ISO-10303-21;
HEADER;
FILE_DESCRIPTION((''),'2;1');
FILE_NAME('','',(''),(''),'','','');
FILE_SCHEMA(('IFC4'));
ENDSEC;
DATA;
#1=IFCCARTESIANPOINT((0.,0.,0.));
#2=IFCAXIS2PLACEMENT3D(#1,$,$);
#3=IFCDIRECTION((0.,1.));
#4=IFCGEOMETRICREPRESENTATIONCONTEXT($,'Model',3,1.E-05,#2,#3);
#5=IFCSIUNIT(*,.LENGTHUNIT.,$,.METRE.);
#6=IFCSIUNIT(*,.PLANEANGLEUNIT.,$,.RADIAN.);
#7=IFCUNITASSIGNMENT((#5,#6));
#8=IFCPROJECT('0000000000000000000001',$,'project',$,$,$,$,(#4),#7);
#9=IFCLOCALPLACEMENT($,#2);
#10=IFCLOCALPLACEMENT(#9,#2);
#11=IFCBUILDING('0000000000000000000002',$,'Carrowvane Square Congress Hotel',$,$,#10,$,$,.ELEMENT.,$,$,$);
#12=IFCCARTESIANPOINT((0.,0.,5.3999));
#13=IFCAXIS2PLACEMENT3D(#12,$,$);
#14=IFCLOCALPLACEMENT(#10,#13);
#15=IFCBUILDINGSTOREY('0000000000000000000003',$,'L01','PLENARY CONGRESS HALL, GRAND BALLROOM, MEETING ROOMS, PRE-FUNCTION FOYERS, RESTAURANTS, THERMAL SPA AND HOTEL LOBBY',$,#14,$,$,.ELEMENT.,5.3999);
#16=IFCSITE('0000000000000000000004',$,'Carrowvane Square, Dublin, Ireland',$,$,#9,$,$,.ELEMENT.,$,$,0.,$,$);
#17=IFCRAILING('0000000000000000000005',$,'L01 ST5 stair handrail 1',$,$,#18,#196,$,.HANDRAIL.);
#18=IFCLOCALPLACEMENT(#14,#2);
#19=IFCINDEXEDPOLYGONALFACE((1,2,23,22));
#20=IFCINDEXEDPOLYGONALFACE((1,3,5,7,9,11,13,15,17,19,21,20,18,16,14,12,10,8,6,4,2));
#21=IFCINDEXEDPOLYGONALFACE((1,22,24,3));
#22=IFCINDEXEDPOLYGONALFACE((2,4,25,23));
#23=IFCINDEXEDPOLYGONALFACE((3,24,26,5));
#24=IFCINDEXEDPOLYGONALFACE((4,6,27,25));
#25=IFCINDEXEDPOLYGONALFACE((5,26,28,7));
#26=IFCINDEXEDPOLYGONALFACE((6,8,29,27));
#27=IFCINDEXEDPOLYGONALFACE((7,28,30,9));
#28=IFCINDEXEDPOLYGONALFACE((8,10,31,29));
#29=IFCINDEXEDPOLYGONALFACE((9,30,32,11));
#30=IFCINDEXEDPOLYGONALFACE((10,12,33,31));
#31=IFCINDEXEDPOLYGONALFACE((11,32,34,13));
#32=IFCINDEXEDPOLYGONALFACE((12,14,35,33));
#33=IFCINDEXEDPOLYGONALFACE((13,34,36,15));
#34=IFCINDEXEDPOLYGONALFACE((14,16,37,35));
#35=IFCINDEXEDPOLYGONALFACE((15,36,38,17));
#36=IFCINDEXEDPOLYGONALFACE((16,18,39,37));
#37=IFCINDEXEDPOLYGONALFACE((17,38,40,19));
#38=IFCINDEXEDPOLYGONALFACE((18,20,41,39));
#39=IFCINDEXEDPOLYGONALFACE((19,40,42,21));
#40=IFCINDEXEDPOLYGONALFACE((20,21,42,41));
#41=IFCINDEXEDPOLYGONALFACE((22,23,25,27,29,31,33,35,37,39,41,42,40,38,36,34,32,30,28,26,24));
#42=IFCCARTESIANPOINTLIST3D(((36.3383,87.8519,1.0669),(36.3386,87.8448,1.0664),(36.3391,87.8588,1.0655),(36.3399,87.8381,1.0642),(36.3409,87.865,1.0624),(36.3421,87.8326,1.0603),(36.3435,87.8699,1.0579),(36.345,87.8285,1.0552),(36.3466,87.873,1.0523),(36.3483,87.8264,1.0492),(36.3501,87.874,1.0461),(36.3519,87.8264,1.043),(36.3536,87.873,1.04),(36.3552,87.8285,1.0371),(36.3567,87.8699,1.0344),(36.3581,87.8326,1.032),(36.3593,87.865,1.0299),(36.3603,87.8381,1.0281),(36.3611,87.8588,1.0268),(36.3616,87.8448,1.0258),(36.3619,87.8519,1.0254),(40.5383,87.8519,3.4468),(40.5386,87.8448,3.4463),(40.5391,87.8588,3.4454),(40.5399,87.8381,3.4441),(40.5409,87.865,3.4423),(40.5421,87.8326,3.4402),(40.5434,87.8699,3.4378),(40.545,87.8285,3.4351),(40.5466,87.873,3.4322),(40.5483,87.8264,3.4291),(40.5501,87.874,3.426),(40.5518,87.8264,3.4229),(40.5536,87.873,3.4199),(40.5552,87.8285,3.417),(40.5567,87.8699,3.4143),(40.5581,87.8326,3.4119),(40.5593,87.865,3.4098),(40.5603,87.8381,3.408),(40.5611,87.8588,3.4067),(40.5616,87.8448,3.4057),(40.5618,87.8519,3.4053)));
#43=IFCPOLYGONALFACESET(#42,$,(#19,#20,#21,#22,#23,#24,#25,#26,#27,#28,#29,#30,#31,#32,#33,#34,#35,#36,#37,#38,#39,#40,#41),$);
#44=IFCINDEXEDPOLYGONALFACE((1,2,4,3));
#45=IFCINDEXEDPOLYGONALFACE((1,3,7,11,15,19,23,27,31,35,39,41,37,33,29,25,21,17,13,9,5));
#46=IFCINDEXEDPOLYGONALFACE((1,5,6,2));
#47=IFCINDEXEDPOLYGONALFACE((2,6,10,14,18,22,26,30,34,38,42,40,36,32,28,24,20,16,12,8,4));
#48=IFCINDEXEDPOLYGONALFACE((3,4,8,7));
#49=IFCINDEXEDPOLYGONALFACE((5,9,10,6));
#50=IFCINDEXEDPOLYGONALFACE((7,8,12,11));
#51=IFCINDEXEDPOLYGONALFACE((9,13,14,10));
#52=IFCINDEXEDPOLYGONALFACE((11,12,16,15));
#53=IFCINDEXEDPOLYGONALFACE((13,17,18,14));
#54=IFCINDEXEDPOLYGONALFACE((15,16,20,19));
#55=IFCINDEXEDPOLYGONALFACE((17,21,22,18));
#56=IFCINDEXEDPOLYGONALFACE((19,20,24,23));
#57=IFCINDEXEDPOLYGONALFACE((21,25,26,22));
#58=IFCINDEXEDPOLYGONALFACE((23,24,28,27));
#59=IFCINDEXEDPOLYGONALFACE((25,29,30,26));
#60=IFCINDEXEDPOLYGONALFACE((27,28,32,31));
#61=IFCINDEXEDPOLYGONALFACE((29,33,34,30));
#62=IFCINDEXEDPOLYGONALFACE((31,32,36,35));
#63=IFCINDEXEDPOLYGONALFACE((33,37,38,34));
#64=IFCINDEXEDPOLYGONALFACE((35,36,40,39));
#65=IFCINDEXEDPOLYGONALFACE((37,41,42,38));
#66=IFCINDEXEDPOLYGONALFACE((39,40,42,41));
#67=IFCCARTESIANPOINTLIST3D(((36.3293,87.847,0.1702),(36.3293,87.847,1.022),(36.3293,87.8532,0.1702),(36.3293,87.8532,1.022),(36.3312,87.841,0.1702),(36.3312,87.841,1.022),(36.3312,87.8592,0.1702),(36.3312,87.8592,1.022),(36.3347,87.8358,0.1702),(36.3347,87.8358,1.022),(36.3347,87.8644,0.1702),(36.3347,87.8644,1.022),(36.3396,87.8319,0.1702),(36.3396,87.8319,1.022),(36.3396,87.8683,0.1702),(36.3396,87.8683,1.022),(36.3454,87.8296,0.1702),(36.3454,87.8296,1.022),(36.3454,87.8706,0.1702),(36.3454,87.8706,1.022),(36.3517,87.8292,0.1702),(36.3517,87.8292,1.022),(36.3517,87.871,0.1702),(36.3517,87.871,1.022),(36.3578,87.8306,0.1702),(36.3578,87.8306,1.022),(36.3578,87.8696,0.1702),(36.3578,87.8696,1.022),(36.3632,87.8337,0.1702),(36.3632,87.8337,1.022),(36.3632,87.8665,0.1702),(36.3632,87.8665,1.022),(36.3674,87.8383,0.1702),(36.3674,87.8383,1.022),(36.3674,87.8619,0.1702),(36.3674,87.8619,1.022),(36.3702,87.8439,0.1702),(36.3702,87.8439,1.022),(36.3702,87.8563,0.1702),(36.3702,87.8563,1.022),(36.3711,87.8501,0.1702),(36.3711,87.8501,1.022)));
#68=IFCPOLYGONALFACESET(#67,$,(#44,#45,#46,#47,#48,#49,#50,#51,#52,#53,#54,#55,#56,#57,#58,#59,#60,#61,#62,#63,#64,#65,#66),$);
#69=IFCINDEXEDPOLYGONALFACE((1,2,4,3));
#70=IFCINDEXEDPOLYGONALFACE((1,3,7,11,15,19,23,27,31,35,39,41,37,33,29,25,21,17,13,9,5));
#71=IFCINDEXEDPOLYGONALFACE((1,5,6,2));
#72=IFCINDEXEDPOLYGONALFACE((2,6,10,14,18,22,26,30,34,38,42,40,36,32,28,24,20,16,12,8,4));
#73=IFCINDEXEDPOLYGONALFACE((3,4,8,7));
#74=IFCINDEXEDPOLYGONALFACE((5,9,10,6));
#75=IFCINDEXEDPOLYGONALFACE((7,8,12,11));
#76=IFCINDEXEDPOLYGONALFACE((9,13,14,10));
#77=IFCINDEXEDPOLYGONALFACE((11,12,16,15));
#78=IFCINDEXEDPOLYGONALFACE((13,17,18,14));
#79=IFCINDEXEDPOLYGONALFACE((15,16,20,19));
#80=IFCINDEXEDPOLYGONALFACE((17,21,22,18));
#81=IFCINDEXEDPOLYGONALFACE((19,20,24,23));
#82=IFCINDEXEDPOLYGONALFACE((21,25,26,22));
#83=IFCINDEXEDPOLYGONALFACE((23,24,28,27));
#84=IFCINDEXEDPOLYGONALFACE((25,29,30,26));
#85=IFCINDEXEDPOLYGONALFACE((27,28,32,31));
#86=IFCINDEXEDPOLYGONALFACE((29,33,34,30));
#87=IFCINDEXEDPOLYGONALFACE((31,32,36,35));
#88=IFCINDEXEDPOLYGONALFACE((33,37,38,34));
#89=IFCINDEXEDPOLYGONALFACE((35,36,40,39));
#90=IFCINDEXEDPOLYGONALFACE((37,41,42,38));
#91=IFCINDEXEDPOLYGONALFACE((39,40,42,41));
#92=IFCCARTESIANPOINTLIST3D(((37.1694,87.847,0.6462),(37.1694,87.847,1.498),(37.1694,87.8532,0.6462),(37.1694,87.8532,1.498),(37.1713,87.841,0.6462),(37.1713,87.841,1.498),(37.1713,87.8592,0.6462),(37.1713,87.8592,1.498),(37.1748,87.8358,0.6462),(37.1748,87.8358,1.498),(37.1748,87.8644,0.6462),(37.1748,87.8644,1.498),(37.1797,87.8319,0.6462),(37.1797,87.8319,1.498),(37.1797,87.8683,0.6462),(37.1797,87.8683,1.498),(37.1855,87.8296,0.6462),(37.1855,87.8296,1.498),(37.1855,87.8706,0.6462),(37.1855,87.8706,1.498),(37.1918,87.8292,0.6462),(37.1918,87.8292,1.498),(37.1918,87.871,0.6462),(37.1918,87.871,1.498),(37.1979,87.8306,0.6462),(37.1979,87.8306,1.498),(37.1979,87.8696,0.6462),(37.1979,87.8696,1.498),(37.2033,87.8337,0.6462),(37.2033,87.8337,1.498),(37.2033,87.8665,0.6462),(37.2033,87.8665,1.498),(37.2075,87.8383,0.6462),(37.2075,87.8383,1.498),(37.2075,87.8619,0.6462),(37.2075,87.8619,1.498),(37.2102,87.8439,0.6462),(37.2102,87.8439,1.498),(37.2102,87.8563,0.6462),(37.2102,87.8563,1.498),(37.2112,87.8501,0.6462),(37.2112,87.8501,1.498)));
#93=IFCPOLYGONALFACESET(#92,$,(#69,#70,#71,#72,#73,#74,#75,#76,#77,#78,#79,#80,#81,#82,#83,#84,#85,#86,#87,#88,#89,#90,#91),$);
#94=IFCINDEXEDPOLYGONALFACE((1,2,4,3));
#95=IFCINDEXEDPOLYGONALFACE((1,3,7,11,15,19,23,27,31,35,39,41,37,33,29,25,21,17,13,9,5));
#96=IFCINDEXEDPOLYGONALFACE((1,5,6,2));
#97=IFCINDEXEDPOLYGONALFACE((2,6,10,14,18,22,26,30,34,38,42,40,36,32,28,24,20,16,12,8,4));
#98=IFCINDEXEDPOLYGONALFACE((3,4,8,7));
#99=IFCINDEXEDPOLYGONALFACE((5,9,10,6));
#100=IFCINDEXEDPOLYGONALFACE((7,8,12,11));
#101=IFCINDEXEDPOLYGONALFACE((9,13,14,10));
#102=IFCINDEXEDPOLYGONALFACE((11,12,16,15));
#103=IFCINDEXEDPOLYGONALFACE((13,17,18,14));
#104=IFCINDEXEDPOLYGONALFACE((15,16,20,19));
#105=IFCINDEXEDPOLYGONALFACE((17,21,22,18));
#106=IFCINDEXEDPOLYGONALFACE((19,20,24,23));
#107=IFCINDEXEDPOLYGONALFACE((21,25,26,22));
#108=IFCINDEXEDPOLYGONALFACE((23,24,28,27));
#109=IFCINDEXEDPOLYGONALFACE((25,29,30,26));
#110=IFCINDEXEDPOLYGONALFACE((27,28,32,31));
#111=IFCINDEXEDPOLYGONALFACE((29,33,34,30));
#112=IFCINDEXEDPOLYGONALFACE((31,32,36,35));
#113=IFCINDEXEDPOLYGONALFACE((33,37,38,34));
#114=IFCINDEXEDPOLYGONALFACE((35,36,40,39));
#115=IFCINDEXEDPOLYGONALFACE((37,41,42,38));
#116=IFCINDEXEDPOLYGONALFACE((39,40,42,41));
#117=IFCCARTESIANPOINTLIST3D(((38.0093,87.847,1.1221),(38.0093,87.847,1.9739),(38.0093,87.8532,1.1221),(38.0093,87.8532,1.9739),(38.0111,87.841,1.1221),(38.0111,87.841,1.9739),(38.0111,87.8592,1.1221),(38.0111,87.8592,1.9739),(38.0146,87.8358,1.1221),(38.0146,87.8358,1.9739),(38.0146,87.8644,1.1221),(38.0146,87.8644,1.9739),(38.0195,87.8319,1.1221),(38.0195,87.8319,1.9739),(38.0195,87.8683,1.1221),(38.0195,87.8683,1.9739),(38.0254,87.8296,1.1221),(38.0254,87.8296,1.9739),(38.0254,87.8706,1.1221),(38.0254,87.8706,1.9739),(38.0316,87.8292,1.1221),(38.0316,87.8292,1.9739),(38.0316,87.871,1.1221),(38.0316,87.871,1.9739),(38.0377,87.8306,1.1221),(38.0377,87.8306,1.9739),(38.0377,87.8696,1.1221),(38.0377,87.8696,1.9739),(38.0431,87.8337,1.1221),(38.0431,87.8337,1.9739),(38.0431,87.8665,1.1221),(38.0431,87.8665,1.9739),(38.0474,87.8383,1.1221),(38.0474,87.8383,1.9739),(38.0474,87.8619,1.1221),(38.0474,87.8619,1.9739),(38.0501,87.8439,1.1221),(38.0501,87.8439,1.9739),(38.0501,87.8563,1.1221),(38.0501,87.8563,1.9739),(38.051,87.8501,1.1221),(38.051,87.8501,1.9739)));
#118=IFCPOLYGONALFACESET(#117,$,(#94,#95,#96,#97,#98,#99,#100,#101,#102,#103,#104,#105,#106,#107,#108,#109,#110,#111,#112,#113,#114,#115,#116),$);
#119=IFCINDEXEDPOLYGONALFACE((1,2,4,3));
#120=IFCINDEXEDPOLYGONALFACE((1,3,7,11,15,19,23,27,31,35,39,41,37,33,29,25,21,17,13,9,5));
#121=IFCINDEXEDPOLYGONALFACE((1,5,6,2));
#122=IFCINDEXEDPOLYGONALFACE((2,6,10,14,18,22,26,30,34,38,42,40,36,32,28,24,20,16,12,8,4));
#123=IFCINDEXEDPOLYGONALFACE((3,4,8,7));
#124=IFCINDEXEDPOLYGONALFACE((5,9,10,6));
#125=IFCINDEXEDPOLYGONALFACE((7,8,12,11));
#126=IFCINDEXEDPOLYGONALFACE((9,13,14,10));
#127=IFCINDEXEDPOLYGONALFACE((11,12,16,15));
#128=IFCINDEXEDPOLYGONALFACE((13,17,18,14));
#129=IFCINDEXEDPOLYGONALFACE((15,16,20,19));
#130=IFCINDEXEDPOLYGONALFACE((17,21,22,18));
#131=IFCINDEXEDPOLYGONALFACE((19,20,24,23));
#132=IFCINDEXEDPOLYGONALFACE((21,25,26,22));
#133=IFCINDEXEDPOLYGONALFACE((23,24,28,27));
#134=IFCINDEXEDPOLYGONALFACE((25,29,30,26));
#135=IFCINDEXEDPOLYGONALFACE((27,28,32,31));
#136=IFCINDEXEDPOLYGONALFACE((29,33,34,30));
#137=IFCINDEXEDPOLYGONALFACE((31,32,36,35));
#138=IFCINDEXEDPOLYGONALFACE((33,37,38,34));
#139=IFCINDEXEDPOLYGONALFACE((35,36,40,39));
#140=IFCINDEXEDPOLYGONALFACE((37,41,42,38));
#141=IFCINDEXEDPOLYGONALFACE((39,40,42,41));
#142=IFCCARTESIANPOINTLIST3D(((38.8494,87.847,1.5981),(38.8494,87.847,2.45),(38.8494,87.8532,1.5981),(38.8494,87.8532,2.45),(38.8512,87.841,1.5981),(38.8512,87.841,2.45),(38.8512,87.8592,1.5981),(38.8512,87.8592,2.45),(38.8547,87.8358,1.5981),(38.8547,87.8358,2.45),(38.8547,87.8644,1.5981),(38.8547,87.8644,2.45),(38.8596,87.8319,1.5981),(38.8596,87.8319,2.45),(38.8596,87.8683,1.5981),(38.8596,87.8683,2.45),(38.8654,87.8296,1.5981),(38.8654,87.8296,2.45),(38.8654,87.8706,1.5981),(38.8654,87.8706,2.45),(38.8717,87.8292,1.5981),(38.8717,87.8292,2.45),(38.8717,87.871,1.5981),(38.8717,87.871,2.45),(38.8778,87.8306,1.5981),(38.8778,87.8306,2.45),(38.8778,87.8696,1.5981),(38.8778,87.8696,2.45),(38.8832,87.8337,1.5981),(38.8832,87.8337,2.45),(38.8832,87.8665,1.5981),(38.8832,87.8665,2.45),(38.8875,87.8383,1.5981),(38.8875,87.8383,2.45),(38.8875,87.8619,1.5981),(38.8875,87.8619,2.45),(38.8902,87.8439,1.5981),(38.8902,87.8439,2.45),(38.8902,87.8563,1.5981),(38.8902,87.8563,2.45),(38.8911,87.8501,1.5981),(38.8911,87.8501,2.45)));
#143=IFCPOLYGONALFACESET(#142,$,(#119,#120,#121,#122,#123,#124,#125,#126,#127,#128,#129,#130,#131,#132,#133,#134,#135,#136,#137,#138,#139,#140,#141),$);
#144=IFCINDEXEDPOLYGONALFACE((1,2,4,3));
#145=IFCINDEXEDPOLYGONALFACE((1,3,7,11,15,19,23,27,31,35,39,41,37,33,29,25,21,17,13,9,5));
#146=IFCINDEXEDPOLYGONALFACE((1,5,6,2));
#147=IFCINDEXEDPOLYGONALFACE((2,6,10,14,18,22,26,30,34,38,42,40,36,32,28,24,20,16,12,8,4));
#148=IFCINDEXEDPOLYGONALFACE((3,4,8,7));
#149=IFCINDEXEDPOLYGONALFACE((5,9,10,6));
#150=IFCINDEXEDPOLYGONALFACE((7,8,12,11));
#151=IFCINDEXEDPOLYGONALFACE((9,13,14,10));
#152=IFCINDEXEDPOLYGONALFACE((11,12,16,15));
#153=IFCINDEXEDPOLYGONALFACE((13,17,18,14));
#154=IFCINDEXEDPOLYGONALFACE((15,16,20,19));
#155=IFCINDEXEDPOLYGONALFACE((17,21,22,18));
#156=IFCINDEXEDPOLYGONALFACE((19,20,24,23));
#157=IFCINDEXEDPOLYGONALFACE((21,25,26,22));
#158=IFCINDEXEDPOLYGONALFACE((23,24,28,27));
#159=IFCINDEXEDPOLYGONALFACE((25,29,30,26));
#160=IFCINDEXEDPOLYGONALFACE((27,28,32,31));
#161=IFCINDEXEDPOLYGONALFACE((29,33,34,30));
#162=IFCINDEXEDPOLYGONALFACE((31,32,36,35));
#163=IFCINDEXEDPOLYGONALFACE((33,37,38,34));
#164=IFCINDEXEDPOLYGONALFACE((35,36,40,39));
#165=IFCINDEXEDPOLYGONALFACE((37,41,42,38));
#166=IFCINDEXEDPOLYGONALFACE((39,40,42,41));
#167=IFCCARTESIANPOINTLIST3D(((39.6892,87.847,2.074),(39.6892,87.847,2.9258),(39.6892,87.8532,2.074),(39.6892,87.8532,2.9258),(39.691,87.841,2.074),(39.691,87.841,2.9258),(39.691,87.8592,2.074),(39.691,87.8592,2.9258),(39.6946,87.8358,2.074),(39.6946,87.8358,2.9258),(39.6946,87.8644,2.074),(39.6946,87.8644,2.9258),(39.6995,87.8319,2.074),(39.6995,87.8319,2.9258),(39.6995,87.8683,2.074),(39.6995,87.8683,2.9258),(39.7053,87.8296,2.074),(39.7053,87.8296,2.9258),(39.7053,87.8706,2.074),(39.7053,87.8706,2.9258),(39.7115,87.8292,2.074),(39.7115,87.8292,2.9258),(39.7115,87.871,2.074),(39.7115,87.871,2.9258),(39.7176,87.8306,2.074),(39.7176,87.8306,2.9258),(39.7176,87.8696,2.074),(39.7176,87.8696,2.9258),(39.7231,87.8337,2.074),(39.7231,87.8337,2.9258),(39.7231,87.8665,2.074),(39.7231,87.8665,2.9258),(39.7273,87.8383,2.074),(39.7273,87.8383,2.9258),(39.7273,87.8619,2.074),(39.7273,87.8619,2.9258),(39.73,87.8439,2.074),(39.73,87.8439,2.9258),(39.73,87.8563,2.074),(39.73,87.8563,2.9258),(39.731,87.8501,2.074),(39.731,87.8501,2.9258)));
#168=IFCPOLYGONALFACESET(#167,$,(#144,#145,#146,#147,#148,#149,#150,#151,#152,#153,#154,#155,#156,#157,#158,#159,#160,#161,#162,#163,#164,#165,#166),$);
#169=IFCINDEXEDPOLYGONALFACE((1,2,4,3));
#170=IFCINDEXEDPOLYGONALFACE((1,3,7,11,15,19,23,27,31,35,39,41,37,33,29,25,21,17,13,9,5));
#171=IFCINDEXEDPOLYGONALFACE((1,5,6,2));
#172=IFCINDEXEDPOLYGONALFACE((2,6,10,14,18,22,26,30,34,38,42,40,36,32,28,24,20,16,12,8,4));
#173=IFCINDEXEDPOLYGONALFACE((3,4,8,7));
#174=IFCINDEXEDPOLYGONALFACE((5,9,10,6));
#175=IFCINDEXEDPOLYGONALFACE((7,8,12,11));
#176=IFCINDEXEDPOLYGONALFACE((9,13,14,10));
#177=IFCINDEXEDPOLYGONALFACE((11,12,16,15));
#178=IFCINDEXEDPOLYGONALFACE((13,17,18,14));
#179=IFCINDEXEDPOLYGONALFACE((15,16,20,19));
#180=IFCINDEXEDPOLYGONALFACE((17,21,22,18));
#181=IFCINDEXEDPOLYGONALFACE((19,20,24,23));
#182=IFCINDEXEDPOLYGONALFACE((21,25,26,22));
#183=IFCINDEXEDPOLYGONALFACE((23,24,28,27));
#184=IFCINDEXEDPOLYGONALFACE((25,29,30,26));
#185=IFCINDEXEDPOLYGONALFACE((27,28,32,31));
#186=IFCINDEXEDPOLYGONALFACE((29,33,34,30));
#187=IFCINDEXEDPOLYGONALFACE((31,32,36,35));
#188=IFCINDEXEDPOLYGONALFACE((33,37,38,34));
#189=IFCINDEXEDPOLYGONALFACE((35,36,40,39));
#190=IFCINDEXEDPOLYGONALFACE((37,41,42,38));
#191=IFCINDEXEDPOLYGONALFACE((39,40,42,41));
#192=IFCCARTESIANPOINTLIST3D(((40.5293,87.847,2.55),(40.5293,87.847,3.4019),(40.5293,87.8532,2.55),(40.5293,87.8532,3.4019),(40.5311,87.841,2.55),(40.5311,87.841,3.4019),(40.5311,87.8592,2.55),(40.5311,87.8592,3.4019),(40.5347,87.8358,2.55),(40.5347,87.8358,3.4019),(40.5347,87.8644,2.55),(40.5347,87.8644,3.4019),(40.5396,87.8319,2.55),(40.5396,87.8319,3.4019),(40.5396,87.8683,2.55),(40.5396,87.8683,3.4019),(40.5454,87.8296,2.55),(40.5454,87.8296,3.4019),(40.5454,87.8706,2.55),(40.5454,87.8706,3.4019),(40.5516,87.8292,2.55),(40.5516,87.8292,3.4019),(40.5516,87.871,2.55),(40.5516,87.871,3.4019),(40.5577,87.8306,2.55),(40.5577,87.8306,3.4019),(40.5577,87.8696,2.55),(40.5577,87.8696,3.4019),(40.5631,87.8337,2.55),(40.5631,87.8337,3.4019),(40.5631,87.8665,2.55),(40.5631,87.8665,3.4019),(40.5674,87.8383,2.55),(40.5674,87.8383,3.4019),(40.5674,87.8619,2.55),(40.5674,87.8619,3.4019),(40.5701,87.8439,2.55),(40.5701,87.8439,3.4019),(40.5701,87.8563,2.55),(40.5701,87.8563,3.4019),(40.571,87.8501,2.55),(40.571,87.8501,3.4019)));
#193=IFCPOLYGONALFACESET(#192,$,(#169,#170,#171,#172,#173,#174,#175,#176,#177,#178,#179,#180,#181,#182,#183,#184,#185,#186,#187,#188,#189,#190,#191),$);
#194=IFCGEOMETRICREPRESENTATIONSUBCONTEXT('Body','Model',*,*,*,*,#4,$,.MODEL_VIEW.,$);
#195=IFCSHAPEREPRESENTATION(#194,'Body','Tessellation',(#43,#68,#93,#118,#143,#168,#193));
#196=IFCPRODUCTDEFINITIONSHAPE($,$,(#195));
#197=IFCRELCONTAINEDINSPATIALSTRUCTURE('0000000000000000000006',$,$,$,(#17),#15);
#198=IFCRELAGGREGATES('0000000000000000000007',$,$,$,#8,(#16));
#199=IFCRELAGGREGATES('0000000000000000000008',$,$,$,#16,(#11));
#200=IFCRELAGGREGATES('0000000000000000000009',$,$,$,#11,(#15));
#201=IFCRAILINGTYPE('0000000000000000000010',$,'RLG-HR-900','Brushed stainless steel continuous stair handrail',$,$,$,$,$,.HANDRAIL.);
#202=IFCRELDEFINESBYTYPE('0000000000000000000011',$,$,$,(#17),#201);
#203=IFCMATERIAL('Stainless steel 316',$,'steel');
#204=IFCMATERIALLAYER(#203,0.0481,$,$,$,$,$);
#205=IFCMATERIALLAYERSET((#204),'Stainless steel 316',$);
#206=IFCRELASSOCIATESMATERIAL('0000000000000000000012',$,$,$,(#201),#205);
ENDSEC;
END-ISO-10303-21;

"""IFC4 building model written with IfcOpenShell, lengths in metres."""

from ifc_helpers import new_model, si_unit, direction, frame, origin, origin_2d, place, context, subcontext, project, spatial, circle, extrude, material, layer, layer_set, type_object, element, save


model = new_model("IFC4")

# Units and contexts
model_context = context("Model", 3, precision=1e-05, world=origin(), true_north=direction((0.0, 1.0)))
body_context = subcontext(model_context, "Body", "Model", "MODEL_VIEW")
ifc_project = project(units=[si_unit("LENGTHUNIT", "METRE"), si_unit("PLANEANGLEUNIT", "RADIAN")], contexts=[model_context])

# Site, building, storey
site_placement = place(None, origin())
site = spatial("IfcSite", under=ifc_project, at=site_placement, Name="Carrowvane Square, Dublin, Ireland", CompositionType="ELEMENT", RefElevation=0.0)
building_placement = place(site_placement, origin())
building = spatial("IfcBuilding", under=site, at=building_placement, Name="Carrowvane Square Congress Hotel", CompositionType="ELEMENT")
storey_placement = place(building_placement, frame((0.0, 0.0, 5.3999)))
storey = spatial("IfcBuildingStorey", under=building, at=storey_placement, Name="L01", Description="PLENARY CONGRESS HALL, GRAND BALLROOM, MEETING ROOMS, PRE-FUNCTION FOYERS, RESTAURANTS, THERMAL SPA AND HOTEL LOBBY", CompositionType="ELEMENT", Elevation=5.3999)

# Railing
ifc_material_1 = material(Name="Stainless steel 316", Category="steel")
ifc_layer_1 = layer(ifc_material_1, 0.0481)
ifc_layer_set_1 = layer_set([ifc_layer_1], Name="Stainless steel 316")
railing_type_1 = type_object("IfcRailingType", Name="RLG-HR-900", Description="Brushed stainless steel continuous stair handrail", PredefinedType="HANDRAIL", material=ifc_layer_set_1)
railing_1_placement = place(storey_placement, frame((36.3501, 87.8501, 0.1702)))
element("IfcRailing", 1, at=railing_1_placement, inside=storey, type_object=railing_type_1, Name="L01 ST5 stair handrail 1", PredefinedType="HANDRAIL", context=body_context, shape_type="SweptSolid", body=[
    extrude(circle(Radius=0.0239, at=origin_2d()), frame((0.0, 0.0, 0.876), z_axis=(0.87003, 0.0, 0.492999), x_axis=(0.0, 1.0, 0.0)), (0.0, 0.0, 1.0), 4.8274),
    extrude(circle(Radius=0.021, at=origin_2d()), origin(), (0.0, 0.0, 1.0), 0.8518),
    extrude(circle(Radius=0.021, at=origin_2d()), frame((0.8401, 0.0, 0.4761)), (0.0, 0.0, 1.0), 0.8518),
    extrude(circle(Radius=0.021, at=origin_2d()), frame((1.6799, 0.0, 0.9519)), (0.0, 0.0, 1.0), 0.8518),
    extrude(circle(Radius=0.021, at=origin_2d()), frame((2.52, 0.0, 1.428)), (0.0, 0.0, 1.0), 0.8518),
    extrude(circle(Radius=0.021, at=origin_2d()), frame((3.3599, 0.0, 1.9038)), (0.0, 0.0, 1.0), 0.8518),
    extrude(circle(Radius=0.021, at=origin_2d()), frame((4.2, 0.0, 2.3799)), (0.0, 0.0, 1.0), 0.8518),
])

save(model, "model.ifc")
